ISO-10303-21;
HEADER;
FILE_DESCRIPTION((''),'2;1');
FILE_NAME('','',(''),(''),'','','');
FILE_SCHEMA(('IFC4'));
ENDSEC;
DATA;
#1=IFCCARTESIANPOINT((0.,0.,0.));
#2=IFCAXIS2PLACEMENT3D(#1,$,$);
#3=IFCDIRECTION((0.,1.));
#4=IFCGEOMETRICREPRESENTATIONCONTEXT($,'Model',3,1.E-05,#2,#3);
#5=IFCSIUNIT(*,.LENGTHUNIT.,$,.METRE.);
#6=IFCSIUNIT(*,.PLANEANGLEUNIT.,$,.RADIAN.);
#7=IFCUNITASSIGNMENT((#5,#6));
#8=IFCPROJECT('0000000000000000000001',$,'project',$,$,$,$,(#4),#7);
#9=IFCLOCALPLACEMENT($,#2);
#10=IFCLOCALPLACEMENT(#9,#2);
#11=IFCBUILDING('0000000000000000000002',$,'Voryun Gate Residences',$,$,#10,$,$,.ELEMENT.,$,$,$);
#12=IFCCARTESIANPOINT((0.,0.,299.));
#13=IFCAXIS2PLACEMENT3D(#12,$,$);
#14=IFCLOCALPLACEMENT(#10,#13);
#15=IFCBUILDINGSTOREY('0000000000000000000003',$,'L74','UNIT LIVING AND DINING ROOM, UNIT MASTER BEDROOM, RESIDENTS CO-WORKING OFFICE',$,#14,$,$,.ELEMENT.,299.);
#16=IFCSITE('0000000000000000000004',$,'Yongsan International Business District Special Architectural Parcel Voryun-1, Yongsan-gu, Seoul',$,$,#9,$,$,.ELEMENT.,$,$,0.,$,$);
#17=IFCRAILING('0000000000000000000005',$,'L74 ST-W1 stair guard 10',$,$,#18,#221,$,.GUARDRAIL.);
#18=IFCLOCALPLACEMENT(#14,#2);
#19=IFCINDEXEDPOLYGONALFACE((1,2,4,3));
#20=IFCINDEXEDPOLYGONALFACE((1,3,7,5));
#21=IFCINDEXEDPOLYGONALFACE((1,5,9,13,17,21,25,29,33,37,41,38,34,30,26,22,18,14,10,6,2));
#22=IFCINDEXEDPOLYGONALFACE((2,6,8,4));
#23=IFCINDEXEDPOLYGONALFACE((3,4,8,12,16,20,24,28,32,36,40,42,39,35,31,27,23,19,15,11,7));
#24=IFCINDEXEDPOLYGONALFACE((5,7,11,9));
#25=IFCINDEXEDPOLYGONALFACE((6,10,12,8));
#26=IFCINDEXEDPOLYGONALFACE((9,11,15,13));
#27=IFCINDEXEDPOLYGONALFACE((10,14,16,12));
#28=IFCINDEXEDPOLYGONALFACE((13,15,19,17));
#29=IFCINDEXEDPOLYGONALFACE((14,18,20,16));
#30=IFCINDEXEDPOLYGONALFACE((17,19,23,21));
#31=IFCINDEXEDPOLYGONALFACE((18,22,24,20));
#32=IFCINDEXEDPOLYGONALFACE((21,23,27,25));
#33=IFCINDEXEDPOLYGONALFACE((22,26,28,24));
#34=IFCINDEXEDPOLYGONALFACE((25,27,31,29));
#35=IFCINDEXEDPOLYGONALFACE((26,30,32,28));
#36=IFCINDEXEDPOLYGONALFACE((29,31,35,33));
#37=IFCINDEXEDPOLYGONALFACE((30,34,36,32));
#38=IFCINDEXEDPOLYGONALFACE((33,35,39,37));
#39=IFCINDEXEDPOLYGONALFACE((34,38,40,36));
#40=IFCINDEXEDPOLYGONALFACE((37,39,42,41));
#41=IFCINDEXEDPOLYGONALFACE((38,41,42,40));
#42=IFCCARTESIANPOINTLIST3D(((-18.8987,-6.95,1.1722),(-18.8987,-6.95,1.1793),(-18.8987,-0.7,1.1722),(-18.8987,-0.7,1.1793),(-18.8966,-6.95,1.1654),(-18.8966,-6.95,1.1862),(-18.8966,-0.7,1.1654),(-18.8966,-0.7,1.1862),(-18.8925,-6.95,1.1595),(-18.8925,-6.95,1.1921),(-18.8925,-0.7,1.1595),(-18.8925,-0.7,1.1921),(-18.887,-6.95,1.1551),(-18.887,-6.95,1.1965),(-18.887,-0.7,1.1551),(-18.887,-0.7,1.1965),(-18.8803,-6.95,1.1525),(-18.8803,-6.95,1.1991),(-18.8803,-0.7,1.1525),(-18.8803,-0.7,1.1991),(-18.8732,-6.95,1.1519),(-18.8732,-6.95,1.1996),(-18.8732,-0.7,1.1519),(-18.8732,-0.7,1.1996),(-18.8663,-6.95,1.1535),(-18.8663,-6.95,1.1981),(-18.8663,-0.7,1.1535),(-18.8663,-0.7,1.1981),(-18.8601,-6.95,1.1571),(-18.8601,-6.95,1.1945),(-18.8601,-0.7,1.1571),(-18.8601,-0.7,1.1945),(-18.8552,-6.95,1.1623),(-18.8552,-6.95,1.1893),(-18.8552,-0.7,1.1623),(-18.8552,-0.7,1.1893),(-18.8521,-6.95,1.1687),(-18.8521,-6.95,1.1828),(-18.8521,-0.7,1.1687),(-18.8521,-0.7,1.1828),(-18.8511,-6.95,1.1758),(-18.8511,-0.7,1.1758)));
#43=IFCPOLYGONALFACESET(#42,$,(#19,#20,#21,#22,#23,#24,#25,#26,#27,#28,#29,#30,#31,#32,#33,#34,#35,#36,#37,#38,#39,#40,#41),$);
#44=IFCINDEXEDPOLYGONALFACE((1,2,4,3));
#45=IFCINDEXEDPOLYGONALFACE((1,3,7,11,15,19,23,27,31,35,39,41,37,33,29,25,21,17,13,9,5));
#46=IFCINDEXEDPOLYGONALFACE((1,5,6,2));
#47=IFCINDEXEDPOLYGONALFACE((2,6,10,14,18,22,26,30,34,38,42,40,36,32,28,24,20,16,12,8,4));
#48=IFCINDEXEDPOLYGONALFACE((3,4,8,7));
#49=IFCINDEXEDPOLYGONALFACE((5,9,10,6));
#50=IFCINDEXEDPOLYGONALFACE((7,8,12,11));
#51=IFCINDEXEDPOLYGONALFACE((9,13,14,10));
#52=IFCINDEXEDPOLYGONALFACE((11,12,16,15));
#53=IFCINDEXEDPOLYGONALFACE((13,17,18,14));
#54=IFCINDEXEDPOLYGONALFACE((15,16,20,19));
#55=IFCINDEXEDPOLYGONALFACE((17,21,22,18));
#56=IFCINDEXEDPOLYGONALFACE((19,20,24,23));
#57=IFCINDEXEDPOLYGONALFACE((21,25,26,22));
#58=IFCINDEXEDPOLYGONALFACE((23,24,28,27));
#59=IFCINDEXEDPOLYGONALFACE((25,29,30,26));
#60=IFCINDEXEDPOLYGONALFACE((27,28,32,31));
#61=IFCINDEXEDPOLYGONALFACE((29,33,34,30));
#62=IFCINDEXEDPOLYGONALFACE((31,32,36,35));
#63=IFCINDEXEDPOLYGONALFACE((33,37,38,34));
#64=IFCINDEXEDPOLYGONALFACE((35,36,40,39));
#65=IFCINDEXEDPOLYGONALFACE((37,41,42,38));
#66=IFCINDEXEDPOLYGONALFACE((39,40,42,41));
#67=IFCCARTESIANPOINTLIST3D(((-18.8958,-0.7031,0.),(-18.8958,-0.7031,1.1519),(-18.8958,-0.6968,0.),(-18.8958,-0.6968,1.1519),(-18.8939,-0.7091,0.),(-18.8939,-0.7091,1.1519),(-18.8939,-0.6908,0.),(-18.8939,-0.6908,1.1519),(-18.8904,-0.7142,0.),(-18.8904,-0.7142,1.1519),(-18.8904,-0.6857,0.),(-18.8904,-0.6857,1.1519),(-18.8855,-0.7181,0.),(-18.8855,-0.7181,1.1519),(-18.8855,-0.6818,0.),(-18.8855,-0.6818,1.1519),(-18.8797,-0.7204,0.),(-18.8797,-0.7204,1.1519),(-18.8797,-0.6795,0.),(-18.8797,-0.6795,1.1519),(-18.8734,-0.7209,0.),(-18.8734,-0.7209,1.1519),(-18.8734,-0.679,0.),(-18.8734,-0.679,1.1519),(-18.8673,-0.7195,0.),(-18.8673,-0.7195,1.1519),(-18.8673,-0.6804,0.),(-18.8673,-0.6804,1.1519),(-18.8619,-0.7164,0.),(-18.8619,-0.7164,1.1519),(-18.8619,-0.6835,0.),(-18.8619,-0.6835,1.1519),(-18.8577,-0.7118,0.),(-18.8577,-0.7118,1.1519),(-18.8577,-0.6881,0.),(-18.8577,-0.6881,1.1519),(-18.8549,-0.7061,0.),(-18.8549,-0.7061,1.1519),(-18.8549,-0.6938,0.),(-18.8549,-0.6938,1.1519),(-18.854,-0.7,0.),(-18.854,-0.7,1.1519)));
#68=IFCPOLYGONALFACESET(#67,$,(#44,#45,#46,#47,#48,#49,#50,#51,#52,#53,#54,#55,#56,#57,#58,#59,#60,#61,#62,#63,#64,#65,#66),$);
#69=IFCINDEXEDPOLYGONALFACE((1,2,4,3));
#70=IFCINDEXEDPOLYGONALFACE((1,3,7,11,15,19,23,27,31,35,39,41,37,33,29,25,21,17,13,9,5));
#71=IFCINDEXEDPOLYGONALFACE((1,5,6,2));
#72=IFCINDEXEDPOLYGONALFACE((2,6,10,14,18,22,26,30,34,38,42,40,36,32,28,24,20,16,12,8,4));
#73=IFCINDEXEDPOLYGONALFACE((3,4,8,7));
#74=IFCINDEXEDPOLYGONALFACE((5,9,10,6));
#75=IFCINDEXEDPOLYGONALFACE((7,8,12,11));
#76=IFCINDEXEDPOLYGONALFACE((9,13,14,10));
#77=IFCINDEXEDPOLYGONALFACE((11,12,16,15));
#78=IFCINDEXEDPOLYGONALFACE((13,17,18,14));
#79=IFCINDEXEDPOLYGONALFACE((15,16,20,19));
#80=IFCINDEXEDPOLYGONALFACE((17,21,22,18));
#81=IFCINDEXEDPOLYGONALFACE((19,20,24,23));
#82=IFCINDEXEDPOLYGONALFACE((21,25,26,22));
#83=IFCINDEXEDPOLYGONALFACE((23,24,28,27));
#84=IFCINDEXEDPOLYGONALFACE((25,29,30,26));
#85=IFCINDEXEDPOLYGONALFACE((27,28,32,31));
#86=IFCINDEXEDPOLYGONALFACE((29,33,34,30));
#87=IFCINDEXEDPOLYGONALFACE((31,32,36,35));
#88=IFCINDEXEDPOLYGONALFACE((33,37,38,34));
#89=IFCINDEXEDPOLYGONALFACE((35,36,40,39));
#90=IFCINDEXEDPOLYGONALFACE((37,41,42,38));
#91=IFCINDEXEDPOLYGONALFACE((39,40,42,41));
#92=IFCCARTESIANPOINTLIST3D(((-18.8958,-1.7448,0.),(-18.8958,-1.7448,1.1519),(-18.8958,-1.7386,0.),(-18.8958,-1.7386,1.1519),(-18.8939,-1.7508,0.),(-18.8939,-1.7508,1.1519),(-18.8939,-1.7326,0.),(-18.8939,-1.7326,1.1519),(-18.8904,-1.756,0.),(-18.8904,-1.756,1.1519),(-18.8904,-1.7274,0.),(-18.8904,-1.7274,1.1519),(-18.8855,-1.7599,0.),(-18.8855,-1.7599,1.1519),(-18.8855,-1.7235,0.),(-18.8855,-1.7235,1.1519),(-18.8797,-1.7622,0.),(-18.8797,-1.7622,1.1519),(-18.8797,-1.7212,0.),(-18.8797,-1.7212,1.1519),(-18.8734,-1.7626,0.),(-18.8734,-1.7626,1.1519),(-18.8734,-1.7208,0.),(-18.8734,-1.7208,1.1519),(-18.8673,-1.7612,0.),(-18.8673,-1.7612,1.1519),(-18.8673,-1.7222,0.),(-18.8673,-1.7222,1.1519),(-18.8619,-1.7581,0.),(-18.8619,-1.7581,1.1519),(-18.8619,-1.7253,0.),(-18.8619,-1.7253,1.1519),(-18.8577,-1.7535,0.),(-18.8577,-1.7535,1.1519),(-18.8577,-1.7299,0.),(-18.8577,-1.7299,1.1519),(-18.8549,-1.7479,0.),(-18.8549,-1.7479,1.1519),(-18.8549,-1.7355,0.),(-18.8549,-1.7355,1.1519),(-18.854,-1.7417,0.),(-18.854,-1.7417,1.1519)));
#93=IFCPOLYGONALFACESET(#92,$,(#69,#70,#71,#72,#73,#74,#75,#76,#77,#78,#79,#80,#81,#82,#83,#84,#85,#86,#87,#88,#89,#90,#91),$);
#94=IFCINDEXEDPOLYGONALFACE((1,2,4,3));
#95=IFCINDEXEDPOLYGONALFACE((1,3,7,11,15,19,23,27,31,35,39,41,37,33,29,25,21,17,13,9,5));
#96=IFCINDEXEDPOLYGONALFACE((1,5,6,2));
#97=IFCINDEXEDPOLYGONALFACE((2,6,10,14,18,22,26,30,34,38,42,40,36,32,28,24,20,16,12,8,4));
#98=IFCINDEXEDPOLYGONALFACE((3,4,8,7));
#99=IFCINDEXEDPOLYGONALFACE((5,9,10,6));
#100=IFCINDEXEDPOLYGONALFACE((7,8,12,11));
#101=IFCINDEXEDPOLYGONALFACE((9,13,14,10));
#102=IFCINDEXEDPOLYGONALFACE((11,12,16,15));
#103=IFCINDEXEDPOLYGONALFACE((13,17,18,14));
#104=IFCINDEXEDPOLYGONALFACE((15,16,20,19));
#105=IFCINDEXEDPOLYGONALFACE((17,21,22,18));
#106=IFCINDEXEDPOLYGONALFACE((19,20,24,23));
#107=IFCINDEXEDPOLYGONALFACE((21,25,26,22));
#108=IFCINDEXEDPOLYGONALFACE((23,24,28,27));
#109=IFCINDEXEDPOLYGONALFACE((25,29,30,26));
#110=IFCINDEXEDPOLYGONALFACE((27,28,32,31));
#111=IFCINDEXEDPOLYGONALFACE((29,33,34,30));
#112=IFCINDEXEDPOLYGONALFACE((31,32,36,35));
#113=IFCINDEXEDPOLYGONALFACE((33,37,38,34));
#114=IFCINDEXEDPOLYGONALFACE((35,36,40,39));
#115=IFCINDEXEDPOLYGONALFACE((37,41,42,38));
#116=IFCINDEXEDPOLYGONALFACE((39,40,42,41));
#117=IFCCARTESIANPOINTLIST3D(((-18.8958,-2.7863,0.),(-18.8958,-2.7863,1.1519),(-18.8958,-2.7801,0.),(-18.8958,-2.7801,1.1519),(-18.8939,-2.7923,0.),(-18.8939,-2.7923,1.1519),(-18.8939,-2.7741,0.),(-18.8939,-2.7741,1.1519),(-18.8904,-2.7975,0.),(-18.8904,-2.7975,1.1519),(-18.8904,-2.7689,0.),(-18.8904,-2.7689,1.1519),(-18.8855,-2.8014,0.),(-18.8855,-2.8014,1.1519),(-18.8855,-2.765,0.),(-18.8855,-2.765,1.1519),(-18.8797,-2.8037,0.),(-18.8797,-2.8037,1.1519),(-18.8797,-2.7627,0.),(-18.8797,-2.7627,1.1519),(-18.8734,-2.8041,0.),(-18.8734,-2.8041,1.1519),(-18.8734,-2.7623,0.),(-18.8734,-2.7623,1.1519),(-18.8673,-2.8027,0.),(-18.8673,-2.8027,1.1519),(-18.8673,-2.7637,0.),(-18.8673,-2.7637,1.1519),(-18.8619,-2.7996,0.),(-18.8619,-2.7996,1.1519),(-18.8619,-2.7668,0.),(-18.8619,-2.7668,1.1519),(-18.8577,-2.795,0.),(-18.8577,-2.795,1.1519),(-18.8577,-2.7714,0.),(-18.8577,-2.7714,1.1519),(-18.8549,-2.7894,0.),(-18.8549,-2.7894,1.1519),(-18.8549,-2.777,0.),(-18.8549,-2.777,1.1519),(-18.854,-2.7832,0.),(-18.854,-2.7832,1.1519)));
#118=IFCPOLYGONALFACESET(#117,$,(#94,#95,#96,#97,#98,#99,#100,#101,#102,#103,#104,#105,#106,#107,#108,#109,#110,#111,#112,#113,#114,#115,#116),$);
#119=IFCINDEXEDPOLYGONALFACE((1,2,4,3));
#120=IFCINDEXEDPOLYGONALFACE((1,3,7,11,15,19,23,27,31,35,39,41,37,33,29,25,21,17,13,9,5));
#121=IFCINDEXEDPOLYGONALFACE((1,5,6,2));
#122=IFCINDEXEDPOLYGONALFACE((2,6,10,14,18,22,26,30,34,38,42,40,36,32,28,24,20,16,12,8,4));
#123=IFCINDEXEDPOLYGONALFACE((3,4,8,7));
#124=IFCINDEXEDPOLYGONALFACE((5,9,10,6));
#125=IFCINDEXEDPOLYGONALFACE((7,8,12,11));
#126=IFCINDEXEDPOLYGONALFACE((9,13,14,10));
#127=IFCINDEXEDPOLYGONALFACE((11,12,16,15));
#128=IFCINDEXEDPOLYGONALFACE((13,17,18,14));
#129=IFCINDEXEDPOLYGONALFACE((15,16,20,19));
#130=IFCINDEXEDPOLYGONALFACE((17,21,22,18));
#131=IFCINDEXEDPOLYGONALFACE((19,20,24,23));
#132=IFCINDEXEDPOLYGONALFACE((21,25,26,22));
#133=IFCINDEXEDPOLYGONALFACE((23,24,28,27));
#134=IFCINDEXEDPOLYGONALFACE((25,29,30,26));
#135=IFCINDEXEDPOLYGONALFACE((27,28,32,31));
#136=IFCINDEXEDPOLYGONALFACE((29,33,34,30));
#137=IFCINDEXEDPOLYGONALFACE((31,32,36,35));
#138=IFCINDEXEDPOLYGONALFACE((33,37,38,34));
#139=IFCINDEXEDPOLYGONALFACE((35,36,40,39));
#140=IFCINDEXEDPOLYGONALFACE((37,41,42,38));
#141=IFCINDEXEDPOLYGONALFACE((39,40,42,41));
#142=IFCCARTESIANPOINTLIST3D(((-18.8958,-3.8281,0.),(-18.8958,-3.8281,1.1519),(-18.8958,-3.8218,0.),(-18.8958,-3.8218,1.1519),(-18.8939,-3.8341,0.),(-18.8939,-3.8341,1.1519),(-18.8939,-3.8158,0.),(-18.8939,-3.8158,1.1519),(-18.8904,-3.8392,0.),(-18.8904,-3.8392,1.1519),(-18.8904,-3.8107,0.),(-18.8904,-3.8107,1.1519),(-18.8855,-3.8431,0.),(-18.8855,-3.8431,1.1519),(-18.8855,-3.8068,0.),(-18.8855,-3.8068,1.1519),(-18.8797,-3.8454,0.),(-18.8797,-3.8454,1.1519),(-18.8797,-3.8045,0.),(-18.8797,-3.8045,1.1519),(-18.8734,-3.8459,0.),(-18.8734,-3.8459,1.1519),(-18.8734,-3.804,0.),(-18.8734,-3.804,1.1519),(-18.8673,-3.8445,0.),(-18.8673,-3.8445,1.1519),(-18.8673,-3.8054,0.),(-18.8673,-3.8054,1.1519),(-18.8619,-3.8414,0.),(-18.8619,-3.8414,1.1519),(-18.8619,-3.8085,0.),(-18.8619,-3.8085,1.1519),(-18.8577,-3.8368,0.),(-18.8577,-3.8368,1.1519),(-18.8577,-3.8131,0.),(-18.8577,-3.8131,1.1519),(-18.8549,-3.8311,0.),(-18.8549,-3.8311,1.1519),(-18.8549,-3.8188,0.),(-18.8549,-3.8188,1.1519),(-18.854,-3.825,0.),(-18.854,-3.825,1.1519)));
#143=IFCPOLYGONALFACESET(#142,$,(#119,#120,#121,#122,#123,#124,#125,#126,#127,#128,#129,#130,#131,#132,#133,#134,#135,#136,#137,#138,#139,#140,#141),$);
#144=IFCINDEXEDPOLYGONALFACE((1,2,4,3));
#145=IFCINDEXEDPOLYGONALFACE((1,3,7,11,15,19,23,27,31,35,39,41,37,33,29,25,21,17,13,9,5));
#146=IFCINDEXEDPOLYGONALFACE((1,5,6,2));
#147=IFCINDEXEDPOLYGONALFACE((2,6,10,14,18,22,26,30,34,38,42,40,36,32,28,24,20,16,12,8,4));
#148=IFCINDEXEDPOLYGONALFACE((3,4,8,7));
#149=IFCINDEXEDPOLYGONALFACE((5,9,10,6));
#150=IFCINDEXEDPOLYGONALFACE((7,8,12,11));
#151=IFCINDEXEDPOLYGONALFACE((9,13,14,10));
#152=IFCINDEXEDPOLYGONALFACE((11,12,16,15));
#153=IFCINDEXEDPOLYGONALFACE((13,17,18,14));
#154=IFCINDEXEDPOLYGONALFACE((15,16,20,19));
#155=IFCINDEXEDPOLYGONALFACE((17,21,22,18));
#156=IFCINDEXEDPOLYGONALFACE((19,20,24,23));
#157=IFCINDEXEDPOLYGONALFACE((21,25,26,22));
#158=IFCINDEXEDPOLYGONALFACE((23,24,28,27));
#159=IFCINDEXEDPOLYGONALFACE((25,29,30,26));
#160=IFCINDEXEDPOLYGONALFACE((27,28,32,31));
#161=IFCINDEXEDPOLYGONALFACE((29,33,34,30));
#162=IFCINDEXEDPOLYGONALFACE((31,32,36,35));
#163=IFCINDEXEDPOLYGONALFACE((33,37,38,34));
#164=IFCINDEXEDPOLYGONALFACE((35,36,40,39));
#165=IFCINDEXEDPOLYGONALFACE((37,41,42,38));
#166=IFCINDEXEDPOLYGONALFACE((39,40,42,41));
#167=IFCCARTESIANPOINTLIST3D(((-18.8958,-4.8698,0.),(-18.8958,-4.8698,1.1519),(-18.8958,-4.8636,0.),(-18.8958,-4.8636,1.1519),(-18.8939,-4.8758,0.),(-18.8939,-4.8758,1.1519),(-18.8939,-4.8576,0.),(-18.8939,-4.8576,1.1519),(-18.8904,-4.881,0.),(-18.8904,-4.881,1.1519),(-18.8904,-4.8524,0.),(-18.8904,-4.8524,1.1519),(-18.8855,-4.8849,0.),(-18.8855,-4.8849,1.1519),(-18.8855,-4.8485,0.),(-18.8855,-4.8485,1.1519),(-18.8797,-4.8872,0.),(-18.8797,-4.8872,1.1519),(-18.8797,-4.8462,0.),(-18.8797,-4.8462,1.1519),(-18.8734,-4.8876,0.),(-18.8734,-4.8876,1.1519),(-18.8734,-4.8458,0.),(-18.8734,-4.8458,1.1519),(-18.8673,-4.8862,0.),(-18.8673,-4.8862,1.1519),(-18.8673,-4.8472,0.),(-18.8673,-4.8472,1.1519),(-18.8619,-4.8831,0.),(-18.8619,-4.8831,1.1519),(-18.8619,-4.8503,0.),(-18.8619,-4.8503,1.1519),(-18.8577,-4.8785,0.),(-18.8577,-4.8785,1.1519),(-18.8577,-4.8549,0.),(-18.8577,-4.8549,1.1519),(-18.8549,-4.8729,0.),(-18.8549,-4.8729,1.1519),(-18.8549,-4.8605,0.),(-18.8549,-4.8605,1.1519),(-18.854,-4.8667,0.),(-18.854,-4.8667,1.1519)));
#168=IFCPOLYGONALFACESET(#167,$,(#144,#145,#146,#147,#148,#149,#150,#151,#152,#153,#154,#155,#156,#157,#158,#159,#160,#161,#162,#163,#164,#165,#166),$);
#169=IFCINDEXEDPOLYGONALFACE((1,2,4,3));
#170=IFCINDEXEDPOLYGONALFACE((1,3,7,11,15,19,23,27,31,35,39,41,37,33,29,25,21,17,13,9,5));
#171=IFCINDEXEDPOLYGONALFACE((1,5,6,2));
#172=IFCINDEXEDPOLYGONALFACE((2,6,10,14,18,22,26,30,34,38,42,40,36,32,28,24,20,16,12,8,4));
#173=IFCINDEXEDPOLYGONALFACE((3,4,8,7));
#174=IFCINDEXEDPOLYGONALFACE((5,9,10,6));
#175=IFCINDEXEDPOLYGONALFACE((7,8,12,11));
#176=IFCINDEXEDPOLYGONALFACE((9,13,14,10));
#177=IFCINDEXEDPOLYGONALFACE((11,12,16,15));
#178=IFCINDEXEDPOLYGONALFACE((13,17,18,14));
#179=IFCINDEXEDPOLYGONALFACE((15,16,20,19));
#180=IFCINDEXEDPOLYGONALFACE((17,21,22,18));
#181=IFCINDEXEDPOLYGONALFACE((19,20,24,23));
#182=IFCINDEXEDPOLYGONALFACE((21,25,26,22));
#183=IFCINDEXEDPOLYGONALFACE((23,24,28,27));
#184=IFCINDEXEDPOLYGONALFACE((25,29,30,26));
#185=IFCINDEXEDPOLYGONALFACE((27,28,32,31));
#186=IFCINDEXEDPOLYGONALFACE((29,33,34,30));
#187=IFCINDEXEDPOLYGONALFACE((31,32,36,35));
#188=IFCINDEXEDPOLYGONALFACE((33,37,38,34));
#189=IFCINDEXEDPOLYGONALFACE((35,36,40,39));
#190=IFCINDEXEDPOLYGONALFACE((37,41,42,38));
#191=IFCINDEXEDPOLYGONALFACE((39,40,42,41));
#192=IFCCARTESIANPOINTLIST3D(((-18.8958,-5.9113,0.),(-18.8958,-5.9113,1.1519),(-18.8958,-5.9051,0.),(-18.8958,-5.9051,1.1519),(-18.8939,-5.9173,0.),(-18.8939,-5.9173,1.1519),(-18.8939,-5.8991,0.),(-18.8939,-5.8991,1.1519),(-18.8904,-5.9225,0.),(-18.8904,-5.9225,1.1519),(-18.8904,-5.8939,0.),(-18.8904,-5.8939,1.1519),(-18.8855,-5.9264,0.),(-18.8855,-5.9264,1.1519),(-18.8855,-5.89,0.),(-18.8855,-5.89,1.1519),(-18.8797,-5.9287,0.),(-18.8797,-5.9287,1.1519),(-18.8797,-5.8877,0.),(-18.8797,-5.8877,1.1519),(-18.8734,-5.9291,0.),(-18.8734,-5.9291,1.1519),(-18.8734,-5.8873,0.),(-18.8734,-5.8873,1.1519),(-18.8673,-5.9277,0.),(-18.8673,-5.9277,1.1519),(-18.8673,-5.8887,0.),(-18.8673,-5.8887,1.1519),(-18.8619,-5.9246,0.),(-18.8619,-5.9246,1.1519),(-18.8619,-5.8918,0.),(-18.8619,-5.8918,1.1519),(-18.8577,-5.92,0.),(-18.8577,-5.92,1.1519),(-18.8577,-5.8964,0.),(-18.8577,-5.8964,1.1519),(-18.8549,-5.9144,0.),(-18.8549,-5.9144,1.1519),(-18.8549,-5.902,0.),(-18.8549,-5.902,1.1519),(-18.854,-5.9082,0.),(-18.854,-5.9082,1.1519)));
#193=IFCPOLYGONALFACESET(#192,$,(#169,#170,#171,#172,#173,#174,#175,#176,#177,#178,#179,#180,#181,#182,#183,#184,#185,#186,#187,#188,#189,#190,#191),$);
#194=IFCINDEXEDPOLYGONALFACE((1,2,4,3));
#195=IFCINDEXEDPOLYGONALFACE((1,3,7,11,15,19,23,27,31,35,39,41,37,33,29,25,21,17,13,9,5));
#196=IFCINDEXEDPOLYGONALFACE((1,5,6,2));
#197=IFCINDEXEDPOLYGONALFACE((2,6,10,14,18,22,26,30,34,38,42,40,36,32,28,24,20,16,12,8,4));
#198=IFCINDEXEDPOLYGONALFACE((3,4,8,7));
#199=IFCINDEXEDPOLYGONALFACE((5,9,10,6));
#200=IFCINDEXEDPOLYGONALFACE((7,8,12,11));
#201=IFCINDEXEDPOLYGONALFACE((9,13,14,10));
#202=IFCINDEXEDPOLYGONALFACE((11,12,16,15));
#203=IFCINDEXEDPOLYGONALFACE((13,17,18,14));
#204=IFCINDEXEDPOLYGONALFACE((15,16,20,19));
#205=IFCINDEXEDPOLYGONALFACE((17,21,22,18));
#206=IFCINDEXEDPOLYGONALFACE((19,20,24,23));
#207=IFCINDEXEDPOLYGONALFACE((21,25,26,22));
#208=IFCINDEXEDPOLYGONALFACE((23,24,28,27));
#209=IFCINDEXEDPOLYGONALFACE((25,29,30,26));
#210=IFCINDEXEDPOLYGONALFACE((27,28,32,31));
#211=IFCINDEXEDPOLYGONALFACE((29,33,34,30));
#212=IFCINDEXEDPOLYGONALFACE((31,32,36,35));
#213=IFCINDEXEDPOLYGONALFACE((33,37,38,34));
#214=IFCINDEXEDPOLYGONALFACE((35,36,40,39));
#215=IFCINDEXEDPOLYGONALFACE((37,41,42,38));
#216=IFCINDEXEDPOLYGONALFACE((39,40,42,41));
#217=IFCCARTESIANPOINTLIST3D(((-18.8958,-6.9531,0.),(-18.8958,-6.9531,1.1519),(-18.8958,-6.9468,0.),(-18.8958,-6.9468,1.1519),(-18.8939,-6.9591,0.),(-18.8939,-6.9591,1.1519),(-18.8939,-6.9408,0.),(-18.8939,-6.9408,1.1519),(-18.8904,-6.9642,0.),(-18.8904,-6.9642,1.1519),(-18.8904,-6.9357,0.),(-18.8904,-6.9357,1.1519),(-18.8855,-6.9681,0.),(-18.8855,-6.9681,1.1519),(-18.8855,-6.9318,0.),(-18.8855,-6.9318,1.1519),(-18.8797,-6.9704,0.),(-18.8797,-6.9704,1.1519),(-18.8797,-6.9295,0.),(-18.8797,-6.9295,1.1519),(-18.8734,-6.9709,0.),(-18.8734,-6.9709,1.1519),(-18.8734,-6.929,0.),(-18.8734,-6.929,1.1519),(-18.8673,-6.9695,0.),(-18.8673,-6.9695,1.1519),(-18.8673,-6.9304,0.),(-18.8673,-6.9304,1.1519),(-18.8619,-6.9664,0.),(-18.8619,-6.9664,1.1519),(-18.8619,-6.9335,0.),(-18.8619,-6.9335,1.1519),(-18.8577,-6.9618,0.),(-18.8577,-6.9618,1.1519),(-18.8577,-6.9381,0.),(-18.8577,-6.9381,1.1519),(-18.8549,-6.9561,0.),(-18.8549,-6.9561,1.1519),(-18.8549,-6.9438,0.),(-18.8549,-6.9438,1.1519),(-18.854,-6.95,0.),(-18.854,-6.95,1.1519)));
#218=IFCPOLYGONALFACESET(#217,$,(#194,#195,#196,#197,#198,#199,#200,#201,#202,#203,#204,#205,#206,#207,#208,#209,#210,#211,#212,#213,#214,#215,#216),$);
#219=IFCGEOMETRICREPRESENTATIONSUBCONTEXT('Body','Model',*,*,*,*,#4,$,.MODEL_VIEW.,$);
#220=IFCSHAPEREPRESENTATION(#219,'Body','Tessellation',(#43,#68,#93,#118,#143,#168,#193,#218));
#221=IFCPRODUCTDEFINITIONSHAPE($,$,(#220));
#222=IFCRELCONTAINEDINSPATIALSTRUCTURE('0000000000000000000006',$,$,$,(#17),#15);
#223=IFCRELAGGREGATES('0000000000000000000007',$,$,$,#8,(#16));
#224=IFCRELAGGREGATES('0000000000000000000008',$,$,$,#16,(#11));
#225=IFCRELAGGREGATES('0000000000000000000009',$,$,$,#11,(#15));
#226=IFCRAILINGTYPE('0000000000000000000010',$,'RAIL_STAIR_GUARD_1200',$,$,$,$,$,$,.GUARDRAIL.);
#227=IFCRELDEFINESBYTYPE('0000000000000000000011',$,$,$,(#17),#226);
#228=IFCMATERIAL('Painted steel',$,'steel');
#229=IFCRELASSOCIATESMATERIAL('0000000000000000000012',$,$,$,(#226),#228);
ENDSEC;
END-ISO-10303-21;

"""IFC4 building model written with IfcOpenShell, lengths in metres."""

from ifc_helpers import new_model, si_unit, direction, frame, origin, origin_2d, place, context, subcontext, project, spatial, circle, extrude, material, type_object, element, save


model = new_model("IFC4")

# Units and contexts
model_context = context("Model", 3, precision=1e-05, world=origin(), true_north=direction((0.0, 1.0)))
body_context = subcontext(model_context, "Body", "Model", "MODEL_VIEW")
ifc_project = project(units=[si_unit("LENGTHUNIT", "METRE"), si_unit("PLANEANGLEUNIT", "RADIAN")], contexts=[model_context])

# Site, building, storey
site_placement = place(None, origin())
site = spatial("IfcSite", under=ifc_project, at=site_placement, Name="Yongsan International Business District Special Architectural Parcel Voryun-1, Yongsan-gu, Seoul", CompositionType="ELEMENT", RefElevation=0.0)
building_placement = place(site_placement, origin())
building = spatial("IfcBuilding", under=site, at=building_placement, Name="Voryun Gate Residences", CompositionType="ELEMENT")
storey_placement = place(building_placement, frame((0.0, 0.0, 299.0)))
storey = spatial("IfcBuildingStorey", under=building, at=storey_placement, Name="L74", Description="UNIT LIVING AND DINING ROOM, UNIT MASTER BEDROOM, RESIDENTS CO-WORKING OFFICE", CompositionType="ELEMENT", Elevation=299.0)

# Railing
ifc_material_1 = material(Name="Painted steel", Category="steel")
railing_type_1 = type_object("IfcRailingType", Name="RAIL_STAIR_GUARD_1200", PredefinedType="GUARDRAIL", material=ifc_material_1)
railing_1_placement = place(storey_placement, frame((-18.875, -0.7, 0.0)))
element("IfcRailing", 1, at=railing_1_placement, inside=storey, type_object=railing_type_1, Name="L74 ST-W1 stair guard 10", PredefinedType="GUARDRAIL", context=body_context, shape_type="SweptSolid", body=[
    extrude(circle(Radius=0.0239, at=origin_2d()), frame((0.0, 0.0, 1.1758), z_axis=(0.0, -1.0, 0.0), x_axis=(1.0, 0.0, 0.0)), (0.0, 0.0, 1.0), 6.25),
    extrude(circle(Radius=0.021, at=origin_2d()), origin(), (0.0, 0.0, 1.0), 1.1519),
    extrude(circle(Radius=0.021, at=origin_2d()), frame((0.0, -1.0417, 0.0)), (0.0, 0.0, 1.0), 1.1519),
    extrude(circle(Radius=0.021, at=origin_2d()), frame((0.0, -2.0833, 0.0)), (0.0, 0.0, 1.0), 1.1519),
    extrude(circle(Radius=0.021, at=origin_2d()), frame((0.0, -3.125, 0.0)), (0.0, 0.0, 1.0), 1.1519),
    extrude(circle(Radius=0.021, at=origin_2d()), frame((0.0, -4.1667, 0.0)), (0.0, 0.0, 1.0), 1.1519),
    extrude(circle(Radius=0.021, at=origin_2d()), frame((0.0, -5.2083, 0.0)), (0.0, 0.0, 1.0), 1.1519),
    extrude(circle(Radius=0.021, at=origin_2d()), frame((0.0, -6.25, 0.0)), (0.0, 0.0, 1.0), 1.1519),
])

save(model, "model.ifc")
